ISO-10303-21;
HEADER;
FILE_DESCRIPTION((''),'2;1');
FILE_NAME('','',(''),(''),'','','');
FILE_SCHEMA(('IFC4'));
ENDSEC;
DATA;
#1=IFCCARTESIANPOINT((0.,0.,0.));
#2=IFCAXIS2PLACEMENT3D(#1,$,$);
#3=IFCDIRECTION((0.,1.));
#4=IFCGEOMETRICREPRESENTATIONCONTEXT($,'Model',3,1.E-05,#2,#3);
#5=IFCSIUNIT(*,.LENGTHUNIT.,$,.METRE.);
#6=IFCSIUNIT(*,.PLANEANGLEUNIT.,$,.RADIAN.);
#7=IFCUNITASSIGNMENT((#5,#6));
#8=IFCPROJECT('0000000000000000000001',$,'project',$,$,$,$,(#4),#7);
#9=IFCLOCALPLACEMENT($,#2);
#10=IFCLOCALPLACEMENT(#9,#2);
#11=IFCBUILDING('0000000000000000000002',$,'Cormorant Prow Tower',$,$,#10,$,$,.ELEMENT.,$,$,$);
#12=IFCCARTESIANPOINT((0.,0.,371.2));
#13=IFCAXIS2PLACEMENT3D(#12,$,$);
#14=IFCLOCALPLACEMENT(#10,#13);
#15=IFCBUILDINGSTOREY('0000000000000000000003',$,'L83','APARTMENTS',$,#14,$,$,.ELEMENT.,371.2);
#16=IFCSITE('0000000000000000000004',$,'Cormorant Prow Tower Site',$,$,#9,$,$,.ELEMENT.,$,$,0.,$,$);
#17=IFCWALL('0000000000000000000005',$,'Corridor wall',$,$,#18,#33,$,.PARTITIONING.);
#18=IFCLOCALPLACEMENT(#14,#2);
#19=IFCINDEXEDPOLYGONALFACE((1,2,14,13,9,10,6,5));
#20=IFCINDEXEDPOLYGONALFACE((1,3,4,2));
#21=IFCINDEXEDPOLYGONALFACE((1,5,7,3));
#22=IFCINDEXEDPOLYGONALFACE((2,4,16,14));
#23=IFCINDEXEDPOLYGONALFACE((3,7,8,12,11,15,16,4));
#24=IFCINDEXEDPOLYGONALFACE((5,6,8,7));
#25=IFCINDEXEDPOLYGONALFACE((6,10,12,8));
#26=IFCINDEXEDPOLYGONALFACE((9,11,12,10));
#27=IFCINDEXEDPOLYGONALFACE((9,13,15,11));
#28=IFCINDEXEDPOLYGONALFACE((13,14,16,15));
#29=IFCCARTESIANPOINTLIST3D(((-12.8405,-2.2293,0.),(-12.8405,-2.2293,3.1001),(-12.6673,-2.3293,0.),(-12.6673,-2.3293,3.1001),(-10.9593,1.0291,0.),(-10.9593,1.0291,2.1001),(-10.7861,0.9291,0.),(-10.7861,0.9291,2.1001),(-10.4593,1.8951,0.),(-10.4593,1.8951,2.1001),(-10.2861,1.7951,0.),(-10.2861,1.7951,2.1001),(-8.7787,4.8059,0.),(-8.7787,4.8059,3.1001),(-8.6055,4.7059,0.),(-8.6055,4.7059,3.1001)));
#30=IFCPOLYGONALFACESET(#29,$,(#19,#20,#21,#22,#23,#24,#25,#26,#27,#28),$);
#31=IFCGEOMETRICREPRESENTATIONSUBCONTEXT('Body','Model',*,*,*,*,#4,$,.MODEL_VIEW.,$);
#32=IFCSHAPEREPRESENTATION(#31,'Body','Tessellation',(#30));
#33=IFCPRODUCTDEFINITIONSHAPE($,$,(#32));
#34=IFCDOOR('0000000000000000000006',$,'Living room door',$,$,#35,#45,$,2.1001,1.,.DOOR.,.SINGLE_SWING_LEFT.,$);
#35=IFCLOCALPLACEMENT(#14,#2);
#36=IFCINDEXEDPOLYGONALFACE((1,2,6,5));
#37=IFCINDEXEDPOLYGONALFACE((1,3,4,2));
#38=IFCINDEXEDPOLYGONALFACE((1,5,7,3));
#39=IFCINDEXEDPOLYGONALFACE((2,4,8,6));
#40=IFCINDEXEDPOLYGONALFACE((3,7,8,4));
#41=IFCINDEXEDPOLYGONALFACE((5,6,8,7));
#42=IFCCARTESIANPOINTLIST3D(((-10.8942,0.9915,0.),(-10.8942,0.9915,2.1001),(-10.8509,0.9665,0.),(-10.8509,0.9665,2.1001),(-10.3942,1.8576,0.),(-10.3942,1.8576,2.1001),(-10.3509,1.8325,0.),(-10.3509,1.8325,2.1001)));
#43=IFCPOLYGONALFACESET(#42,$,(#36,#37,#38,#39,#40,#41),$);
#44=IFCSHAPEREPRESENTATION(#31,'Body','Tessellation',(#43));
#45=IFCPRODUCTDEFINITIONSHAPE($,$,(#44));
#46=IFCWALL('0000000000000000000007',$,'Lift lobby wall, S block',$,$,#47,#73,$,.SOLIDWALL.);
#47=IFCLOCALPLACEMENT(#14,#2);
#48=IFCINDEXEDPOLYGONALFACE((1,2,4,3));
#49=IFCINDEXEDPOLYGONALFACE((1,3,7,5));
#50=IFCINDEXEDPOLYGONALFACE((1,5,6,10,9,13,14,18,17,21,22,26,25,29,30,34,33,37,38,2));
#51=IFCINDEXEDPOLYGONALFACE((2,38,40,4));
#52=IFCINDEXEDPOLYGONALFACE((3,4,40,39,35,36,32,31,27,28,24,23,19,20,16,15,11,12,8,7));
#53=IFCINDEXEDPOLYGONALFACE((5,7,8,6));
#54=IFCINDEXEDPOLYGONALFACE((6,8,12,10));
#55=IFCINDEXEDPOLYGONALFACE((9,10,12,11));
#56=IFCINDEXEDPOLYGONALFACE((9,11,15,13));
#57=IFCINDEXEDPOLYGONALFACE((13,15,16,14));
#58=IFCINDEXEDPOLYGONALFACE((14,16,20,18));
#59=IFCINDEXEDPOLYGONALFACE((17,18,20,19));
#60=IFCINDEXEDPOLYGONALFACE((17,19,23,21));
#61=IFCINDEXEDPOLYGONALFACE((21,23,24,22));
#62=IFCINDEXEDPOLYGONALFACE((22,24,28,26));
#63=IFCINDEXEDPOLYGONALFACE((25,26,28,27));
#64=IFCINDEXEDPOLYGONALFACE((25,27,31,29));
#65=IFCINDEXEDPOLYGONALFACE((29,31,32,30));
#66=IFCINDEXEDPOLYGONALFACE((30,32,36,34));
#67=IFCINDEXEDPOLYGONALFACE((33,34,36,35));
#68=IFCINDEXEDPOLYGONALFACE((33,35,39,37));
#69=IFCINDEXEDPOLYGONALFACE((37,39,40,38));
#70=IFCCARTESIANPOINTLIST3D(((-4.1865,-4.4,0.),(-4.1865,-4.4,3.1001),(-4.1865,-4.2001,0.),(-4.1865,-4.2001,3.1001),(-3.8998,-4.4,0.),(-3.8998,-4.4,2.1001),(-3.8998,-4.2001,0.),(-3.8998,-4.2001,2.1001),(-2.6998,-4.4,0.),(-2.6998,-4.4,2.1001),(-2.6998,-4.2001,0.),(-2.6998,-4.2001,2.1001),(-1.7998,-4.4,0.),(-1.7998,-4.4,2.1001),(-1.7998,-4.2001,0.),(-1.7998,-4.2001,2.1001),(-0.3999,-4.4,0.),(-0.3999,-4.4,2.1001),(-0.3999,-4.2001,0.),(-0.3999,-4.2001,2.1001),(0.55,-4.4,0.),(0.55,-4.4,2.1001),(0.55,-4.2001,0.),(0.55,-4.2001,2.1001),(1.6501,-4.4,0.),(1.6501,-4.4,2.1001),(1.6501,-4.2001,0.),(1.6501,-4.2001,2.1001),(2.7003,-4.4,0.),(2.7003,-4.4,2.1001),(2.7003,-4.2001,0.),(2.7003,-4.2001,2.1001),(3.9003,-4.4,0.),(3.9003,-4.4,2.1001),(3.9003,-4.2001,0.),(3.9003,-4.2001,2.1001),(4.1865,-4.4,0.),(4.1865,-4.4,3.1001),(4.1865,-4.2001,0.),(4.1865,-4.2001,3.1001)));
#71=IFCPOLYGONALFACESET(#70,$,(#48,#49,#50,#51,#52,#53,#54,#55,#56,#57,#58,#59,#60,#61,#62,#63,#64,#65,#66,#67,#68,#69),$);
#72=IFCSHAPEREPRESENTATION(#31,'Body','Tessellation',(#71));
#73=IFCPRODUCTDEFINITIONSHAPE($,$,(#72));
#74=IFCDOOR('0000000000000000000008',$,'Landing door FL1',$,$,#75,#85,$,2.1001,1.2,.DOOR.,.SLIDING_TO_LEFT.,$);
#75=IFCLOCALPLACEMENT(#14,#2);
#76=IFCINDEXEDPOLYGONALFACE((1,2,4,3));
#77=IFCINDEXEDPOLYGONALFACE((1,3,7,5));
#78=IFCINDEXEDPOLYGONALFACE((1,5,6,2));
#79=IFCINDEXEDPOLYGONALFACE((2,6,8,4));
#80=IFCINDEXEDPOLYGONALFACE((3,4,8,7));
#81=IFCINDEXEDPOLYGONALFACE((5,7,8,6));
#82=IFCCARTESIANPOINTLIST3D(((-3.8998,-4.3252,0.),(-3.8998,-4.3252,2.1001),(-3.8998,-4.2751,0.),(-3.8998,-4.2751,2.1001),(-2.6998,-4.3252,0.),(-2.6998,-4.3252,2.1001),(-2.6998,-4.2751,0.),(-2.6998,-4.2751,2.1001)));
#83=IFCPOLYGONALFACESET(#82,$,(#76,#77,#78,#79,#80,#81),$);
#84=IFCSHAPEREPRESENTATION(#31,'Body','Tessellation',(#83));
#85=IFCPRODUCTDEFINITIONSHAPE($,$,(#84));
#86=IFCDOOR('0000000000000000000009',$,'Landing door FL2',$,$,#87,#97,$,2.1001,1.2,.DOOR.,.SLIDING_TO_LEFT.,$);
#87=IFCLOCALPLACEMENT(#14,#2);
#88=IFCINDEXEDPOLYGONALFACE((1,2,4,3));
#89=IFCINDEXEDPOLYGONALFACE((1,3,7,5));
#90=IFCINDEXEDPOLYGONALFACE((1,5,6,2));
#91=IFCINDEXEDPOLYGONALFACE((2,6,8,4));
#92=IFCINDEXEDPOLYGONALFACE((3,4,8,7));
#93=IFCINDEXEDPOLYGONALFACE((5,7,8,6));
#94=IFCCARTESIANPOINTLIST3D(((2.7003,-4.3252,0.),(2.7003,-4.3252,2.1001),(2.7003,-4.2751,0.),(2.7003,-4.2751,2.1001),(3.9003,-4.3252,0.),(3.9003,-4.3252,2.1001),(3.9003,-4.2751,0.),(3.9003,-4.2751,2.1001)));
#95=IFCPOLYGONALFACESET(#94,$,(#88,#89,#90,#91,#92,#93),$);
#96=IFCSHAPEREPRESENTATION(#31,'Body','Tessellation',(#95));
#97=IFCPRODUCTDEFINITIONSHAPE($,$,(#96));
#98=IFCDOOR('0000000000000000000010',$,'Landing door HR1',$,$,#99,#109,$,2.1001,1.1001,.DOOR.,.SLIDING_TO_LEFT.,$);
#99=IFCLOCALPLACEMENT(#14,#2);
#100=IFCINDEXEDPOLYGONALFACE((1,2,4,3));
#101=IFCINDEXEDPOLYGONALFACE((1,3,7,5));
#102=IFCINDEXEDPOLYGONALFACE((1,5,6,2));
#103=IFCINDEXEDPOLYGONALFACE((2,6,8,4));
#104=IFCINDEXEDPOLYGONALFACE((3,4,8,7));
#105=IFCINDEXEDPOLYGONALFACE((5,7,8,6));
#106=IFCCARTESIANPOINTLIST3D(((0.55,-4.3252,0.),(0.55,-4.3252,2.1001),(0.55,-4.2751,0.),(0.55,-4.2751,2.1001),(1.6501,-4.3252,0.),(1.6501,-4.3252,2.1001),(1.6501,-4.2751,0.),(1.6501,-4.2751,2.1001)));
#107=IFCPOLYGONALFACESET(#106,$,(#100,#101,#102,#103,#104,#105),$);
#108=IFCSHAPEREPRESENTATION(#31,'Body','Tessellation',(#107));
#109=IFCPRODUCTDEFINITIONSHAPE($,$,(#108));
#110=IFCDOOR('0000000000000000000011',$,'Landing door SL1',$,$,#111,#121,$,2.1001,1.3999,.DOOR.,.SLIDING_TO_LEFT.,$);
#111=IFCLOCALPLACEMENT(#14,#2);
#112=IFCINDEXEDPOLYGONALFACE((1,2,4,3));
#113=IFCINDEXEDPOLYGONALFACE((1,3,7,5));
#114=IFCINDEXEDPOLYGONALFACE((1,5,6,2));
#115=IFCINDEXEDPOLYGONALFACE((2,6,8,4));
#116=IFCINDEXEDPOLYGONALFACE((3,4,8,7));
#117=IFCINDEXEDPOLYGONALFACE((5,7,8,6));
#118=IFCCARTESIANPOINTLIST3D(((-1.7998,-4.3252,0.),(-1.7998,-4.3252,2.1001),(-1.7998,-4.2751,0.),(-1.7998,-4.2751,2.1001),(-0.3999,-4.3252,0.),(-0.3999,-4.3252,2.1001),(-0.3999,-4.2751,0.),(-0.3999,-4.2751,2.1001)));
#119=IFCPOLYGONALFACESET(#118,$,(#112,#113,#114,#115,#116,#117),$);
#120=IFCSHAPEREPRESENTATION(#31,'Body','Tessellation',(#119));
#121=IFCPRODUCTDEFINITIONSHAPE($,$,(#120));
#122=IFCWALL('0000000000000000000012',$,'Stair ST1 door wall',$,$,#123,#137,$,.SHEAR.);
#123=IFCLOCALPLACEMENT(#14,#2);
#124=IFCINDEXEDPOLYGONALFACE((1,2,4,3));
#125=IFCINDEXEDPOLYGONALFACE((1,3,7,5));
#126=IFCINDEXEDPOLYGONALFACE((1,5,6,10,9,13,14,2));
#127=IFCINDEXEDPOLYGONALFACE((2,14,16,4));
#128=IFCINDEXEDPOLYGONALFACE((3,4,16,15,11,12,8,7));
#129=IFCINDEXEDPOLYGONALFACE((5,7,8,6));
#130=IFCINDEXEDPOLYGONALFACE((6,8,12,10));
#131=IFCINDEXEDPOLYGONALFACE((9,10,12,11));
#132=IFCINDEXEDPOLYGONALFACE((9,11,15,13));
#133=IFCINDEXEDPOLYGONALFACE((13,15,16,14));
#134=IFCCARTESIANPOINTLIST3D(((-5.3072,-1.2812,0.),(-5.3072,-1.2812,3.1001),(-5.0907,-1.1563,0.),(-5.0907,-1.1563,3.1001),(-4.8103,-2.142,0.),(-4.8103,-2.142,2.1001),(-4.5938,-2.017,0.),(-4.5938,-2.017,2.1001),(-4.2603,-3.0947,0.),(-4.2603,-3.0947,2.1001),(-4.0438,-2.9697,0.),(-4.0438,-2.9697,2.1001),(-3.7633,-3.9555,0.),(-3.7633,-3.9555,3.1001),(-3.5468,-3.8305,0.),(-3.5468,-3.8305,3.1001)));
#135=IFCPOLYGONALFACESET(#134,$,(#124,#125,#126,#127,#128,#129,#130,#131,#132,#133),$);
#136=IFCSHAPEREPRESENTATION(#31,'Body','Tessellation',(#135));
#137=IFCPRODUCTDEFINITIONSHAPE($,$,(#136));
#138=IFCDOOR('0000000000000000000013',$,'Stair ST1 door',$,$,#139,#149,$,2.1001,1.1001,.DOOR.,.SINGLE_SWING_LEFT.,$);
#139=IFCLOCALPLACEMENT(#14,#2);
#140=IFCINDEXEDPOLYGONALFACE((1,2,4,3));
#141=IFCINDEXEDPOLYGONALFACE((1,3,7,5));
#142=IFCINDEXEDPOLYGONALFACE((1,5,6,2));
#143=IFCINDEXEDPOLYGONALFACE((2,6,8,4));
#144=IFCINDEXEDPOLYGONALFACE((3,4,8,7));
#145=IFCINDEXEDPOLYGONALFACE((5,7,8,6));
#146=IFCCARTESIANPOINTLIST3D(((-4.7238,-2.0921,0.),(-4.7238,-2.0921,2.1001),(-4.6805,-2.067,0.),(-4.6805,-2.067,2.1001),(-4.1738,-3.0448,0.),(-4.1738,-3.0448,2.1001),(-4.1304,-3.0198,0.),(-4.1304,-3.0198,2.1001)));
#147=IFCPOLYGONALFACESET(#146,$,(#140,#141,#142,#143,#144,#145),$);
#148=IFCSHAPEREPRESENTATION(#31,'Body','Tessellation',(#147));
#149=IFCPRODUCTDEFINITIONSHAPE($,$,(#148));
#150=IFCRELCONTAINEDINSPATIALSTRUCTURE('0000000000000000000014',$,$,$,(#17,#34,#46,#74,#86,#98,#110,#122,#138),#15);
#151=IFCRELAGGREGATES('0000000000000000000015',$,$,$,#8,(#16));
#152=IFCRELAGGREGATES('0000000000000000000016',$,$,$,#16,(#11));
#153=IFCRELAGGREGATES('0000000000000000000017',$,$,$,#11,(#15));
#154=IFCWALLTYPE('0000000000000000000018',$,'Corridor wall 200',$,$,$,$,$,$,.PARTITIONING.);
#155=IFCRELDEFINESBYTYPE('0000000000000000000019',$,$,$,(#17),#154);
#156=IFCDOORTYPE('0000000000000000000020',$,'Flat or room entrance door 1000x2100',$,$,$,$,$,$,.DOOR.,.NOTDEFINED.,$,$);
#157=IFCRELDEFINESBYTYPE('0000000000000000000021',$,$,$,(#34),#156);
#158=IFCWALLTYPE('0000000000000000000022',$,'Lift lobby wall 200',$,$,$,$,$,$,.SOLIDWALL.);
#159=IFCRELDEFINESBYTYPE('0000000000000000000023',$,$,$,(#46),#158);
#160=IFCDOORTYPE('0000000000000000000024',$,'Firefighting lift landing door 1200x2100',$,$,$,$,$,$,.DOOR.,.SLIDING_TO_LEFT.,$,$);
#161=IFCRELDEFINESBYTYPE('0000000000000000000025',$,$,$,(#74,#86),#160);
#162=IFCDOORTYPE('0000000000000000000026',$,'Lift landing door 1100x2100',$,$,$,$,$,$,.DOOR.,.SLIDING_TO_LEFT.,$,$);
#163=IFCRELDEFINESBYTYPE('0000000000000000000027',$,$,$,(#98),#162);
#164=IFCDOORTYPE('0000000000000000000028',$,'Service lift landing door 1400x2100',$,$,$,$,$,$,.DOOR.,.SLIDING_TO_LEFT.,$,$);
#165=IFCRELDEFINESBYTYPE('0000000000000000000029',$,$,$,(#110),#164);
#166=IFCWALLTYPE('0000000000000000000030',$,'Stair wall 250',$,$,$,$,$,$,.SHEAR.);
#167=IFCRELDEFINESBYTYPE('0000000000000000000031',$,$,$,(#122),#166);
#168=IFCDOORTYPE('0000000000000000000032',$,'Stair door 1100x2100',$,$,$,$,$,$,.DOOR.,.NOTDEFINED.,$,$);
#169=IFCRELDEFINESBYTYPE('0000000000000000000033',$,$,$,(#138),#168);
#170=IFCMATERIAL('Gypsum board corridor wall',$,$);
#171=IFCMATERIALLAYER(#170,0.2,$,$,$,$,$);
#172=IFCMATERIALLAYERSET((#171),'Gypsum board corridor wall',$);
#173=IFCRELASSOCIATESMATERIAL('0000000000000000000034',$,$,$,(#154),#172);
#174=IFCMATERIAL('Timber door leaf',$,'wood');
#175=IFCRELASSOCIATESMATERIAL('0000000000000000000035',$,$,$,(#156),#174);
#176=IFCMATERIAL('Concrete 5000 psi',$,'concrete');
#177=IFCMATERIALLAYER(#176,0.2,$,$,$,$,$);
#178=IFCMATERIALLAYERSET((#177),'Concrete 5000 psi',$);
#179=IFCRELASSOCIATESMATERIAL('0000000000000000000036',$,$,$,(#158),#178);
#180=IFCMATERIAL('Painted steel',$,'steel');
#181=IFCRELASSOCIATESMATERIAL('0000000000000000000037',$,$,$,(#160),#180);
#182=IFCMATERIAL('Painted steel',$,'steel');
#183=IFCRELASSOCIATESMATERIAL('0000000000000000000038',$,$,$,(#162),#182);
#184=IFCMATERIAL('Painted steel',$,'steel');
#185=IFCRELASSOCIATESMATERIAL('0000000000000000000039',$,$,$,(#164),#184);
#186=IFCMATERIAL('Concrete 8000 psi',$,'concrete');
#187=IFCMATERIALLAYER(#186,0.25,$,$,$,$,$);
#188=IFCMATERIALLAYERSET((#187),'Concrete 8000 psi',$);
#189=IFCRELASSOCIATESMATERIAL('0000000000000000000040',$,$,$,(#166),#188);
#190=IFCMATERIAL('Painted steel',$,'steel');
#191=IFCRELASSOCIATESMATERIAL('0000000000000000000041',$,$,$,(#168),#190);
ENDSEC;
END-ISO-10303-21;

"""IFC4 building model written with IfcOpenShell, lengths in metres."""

from ifc_helpers import new_model, si_unit, direction, frame, frame_2d, origin, place, context, subcontext, project, spatial, rectangle, extrude, material, layer, layer_set, type_object, element, fill, save


model = new_model("IFC4")

# Units and contexts
model_context = context("Model", 3, precision=1e-05, world=origin(), true_north=direction((0.0, 1.0)))
body_context = subcontext(model_context, "Body", "Model", "MODEL_VIEW")
ifc_project = project(units=[si_unit("LENGTHUNIT", "METRE"), si_unit("PLANEANGLEUNIT", "RADIAN")], contexts=[model_context])

# Site, building, storey
site_placement = place(None, origin())
site = spatial("IfcSite", under=ifc_project, at=site_placement, Name="Cormorant Prow Tower Site", CompositionType="ELEMENT", RefElevation=0.0)
building_placement = place(site_placement, origin())
building = spatial("IfcBuilding", under=site, at=building_placement, Name="Cormorant Prow Tower", CompositionType="ELEMENT")
storey_placement = place(building_placement, frame((0.0, 0.0, 371.2)))
storey = spatial("IfcBuildingStorey", under=building, at=storey_placement, Name="L83", Description="APARTMENTS", CompositionType="ELEMENT", Elevation=371.2)

# Wall, opening, door
ifc_material_1 = material(Name="Gypsum board corridor wall")
ifc_layer_1 = layer(ifc_material_1, 0.2)
ifc_layer_set_1 = layer_set([ifc_layer_1], Name="Gypsum board corridor wall")
wall_type_1 = type_object("IfcWallType", Name="Corridor wall 200", PredefinedType="PARTITIONING", material=ifc_layer_set_1)
wall_1_placement = place(storey_placement, frame((-12.7539, -2.2793, 0.0), z_axis=(0.0, 0.0, 1.0), x_axis=(0.500002, 0.866024, 0.0)))
wall_1 = element("IfcWall", 1, at=wall_1_placement, inside=storey, type_object=wall_type_1, Name="Corridor wall", PredefinedType="PARTITIONING", context=body_context, shape_type="SweptSolid", body=[
    extrude(rectangle(XDim=8.1235, YDim=0.2, at=frame_2d((4.0618, 0.0))), origin(), (0.0, 0.0, 1.0), 3.1001),
])
opening_1_placement = place(wall_1_placement, frame((3.7625, 0.0, 0.0)))
opening_1 = element("IfcOpeningElement", 2, at=opening_1_placement, cuts=wall_1, PredefinedType="OPENING", context=body_context, shape_type="SweptSolid", body=[
    extrude(rectangle(XDim=1.0, YDim=2.1001, at=frame_2d((0.5, 1.05))), frame((0.0, 0.1099, 0.0), z_axis=(0.0, -1.0, 0.0), x_axis=(1.0, 0.0, 0.0)), (0.0, 0.0, 1.0), 0.22),
])
ifc_material_2 = material(Name="Timber door leaf", Category="wood")
door_type_1 = type_object("IfcDoorType", Name="Flat or room entrance door 1000x2100", OperationType="NOTDEFINED", PredefinedType="DOOR", material=ifc_material_2)
door_1_placement = place(opening_1_placement, origin())
door_1 = element("IfcDoor", 3, at=door_1_placement, inside=storey, type_object=door_type_1, Name="Living room door", OperationType="SINGLE_SWING_LEFT", OverallHeight=2.1001, OverallWidth=1.0, PredefinedType="DOOR", context=body_context, shape_type="SweptSolid", body=[
    extrude(rectangle(XDim=1.0, YDim=2.1001, at=frame_2d((0.5, 1.05))), frame((0.0, 0.0249, 0.0), z_axis=(0.0, -1.0, 0.0), x_axis=(1.0, 0.0, 0.0)), (0.0, 0.0, 1.0), 0.05),
])
fill(opening_1, door_1)

# Wall, openings, doors
ifc_material_3 = material(Name="Concrete 5000 psi", Category="concrete")
ifc_layer_2 = layer(ifc_material_3, 0.2)
ifc_layer_set_2 = layer_set([ifc_layer_2], Name="Concrete 5000 psi")
wall_type_2 = type_object("IfcWallType", Name="Lift lobby wall 200", PredefinedType="SOLIDWALL", material=ifc_layer_set_2)
wall_2_placement = place(storey_placement, frame((-4.1865, -4.3, 0.0), z_axis=(0.0, 0.0, 1.0), x_axis=(1.0, 0.0, 0.0)))
wall_2 = element("IfcWall", 4, at=wall_2_placement, inside=storey, type_object=wall_type_2, Name="Lift lobby wall, S block", PredefinedType="SOLIDWALL", context=body_context, shape_type="SweptSolid", body=[
    extrude(rectangle(XDim=8.373, YDim=0.2, at=frame_2d((4.1865, 0.0))), origin(), (0.0, 0.0, 1.0), 3.1001),
])
opening_2_placement = place(wall_2_placement, frame((0.2866, 0.0, 0.0)))
opening_2 = element("IfcOpeningElement", 5, at=opening_2_placement, cuts=wall_2, PredefinedType="OPENING", context=body_context, shape_type="SweptSolid", body=[
    extrude(rectangle(XDim=1.2, YDim=2.1001, at=frame_2d((0.6001, 1.05))), frame((0.0, 0.1099, 0.0), z_axis=(0.0, -1.0, 0.0), x_axis=(1.0, 0.0, 0.0)), (0.0, 0.0, 1.0), 0.22),
])
opening_3_placement = place(wall_2_placement, frame((2.3867, 0.0, 0.0)))
opening_3 = element("IfcOpeningElement", 6, at=opening_3_placement, cuts=wall_2, PredefinedType="OPENING", context=body_context, shape_type="SweptSolid", body=[
    extrude(rectangle(XDim=1.3999, YDim=2.1001, at=frame_2d((0.7, 1.05))), frame((0.0, 0.1099, 0.0), z_axis=(0.0, -1.0, 0.0), x_axis=(1.0, 0.0, 0.0)), (0.0, 0.0, 1.0), 0.22),
])
opening_4_placement = place(wall_2_placement, frame((4.7366, 0.0, 0.0)))
opening_4 = element("IfcOpeningElement", 7, at=opening_4_placement, cuts=wall_2, PredefinedType="OPENING", context=body_context, shape_type="SweptSolid", body=[
    extrude(rectangle(XDim=1.1001, YDim=2.1001, at=frame_2d((0.55, 1.05))), frame((0.0, 0.1099, 0.0), z_axis=(0.0, -1.0, 0.0), x_axis=(1.0, 0.0, 0.0)), (0.0, 0.0, 1.0), 0.22),
])
opening_5_placement = place(wall_2_placement, frame((6.8867, 0.0, 0.0)))
opening_5 = element("IfcOpeningElement", 8, at=opening_5_placement, cuts=wall_2, PredefinedType="OPENING", context=body_context, shape_type="SweptSolid", body=[
    extrude(rectangle(XDim=1.2, YDim=2.1001, at=frame_2d((0.6001, 1.05))), frame((0.0, 0.1099, 0.0), z_axis=(0.0, -1.0, 0.0), x_axis=(1.0, 0.0, 0.0)), (0.0, 0.0, 1.0), 0.22),
])
ifc_material_4 = material(Name="Painted steel", Category="steel")
door_type_2 = type_object("IfcDoorType", Name="Firefighting lift landing door 1200x2100", OperationType="SLIDING_TO_LEFT", PredefinedType="DOOR", material=ifc_material_4)
door_2_placement = place(opening_2_placement, origin())
door_2 = element("IfcDoor", 9, at=door_2_placement, inside=storey, type_object=door_type_2, Name="Landing door FL1", OperationType="SLIDING_TO_LEFT", OverallHeight=2.1001, OverallWidth=1.2, PredefinedType="DOOR", context=body_context, shape_type="SweptSolid", body=[
    extrude(rectangle(XDim=1.2, YDim=2.1001, at=frame_2d((0.6001, 1.05))), frame((0.0, 0.0249, 0.0), z_axis=(0.0, -1.0, 0.0), x_axis=(1.0, 0.0, 0.0)), (0.0, 0.0, 1.0), 0.05),
])
fill(opening_2, door_2)
door_3_placement = place(opening_5_placement, origin())
door_3 = element("IfcDoor", 10, at=door_3_placement, inside=storey, type_object=door_type_2, Name="Landing door FL2", OperationType="SLIDING_TO_LEFT", OverallHeight=2.1001, OverallWidth=1.2, PredefinedType="DOOR", context=body_context, shape_type="SweptSolid", body=[
    extrude(rectangle(XDim=1.2, YDim=2.1001, at=frame_2d((0.6001, 1.05))), frame((0.0, 0.0249, 0.0), z_axis=(0.0, -1.0, 0.0), x_axis=(1.0, 0.0, 0.0)), (0.0, 0.0, 1.0), 0.05),
])
fill(opening_5, door_3)
ifc_material_5 = material(Name="Painted steel", Category="steel")
door_type_3 = type_object("IfcDoorType", Name="Lift landing door 1100x2100", OperationType="SLIDING_TO_LEFT", PredefinedType="DOOR", material=ifc_material_5)
door_4_placement = place(opening_4_placement, origin())
door_4 = element("IfcDoor", 11, at=door_4_placement, inside=storey, type_object=door_type_3, Name="Landing door HR1", OperationType="SLIDING_TO_LEFT", OverallHeight=2.1001, OverallWidth=1.1001, PredefinedType="DOOR", context=body_context, shape_type="SweptSolid", body=[
    extrude(rectangle(XDim=1.1001, YDim=2.1001, at=frame_2d((0.55, 1.05))), frame((0.0, 0.0249, 0.0), z_axis=(0.0, -1.0, 0.0), x_axis=(1.0, 0.0, 0.0)), (0.0, 0.0, 1.0), 0.05),
])
fill(opening_4, door_4)
ifc_material_6 = material(Name="Painted steel", Category="steel")
door_type_4 = type_object("IfcDoorType", Name="Service lift landing door 1400x2100", OperationType="SLIDING_TO_LEFT", PredefinedType="DOOR", material=ifc_material_6)
door_5_placement = place(opening_3_placement, origin())
door_5 = element("IfcDoor", 12, at=door_5_placement, inside=storey, type_object=door_type_4, Name="Landing door SL1", OperationType="SLIDING_TO_LEFT", OverallHeight=2.1001, OverallWidth=1.3999, PredefinedType="DOOR", context=body_context, shape_type="SweptSolid", body=[
    extrude(rectangle(XDim=1.3999, YDim=2.1001, at=frame_2d((0.7, 1.05))), frame((0.0, 0.0249, 0.0), z_axis=(0.0, -1.0, 0.0), x_axis=(1.0, 0.0, 0.0)), (0.0, 0.0, 1.0), 0.05),
])
fill(opening_3, door_5)

# Wall, opening, door
ifc_material_7 = material(Name="Concrete 8000 psi", Category="concrete")
ifc_layer_3 = layer(ifc_material_7, 0.25)
ifc_layer_set_3 = layer_set([ifc_layer_3], Name="Concrete 8000 psi")
wall_type_3 = type_object("IfcWallType", Name="Stair wall 250", PredefinedType="SHEAR", material=ifc_layer_set_3)
wall_3_placement = place(storey_placement, frame((-5.199, -1.2188, 0.0), z_axis=(0.0, 0.0, 1.0), x_axis=(0.499983, -0.866035, 0.0)))
wall_3 = element("IfcWall", 13, at=wall_3_placement, inside=storey, type_object=wall_type_3, Name="Stair ST1 door wall", PredefinedType="SHEAR", context=body_context, shape_type="SweptSolid", body=[
    extrude(rectangle(XDim=3.0879, YDim=0.25, at=frame_2d((1.5439, 0.0))), origin(), (0.0, 0.0, 1.0), 3.1001),
])
opening_6_placement = place(wall_3_placement, frame((0.9939, 0.0, 0.0)))
opening_6 = element("IfcOpeningElement", 14, at=opening_6_placement, cuts=wall_3, PredefinedType="OPENING", context=body_context, shape_type="SweptSolid", body=[
    extrude(rectangle(XDim=1.1001, YDim=2.1001, at=frame_2d((0.55, 1.05))), frame((0.0, 0.135, 0.0), z_axis=(0.0, -1.0, 0.0), x_axis=(1.0, 0.0, 0.0)), (0.0, 0.0, 1.0), 0.27),
])
ifc_material_8 = material(Name="Painted steel", Category="steel")
door_type_5 = type_object("IfcDoorType", Name="Stair door 1100x2100", OperationType="NOTDEFINED", PredefinedType="DOOR", material=ifc_material_8)
door_6_placement = place(opening_6_placement, origin())
door_6 = element("IfcDoor", 15, at=door_6_placement, inside=storey, type_object=door_type_5, Name="Stair ST1 door", OperationType="SINGLE_SWING_LEFT", OverallHeight=2.1001, OverallWidth=1.1001, PredefinedType="DOOR", context=body_context, shape_type="SweptSolid", body=[
    extrude(rectangle(XDim=1.1001, YDim=2.1001, at=frame_2d((0.55, 1.05))), frame((0.0, 0.0249, 0.0), z_axis=(0.0, -1.0, 0.0), x_axis=(1.0, 0.0, 0.0)), (0.0, 0.0, 1.0), 0.05),
])
fill(opening_6, door_6)

save(model, "model.ifc")
